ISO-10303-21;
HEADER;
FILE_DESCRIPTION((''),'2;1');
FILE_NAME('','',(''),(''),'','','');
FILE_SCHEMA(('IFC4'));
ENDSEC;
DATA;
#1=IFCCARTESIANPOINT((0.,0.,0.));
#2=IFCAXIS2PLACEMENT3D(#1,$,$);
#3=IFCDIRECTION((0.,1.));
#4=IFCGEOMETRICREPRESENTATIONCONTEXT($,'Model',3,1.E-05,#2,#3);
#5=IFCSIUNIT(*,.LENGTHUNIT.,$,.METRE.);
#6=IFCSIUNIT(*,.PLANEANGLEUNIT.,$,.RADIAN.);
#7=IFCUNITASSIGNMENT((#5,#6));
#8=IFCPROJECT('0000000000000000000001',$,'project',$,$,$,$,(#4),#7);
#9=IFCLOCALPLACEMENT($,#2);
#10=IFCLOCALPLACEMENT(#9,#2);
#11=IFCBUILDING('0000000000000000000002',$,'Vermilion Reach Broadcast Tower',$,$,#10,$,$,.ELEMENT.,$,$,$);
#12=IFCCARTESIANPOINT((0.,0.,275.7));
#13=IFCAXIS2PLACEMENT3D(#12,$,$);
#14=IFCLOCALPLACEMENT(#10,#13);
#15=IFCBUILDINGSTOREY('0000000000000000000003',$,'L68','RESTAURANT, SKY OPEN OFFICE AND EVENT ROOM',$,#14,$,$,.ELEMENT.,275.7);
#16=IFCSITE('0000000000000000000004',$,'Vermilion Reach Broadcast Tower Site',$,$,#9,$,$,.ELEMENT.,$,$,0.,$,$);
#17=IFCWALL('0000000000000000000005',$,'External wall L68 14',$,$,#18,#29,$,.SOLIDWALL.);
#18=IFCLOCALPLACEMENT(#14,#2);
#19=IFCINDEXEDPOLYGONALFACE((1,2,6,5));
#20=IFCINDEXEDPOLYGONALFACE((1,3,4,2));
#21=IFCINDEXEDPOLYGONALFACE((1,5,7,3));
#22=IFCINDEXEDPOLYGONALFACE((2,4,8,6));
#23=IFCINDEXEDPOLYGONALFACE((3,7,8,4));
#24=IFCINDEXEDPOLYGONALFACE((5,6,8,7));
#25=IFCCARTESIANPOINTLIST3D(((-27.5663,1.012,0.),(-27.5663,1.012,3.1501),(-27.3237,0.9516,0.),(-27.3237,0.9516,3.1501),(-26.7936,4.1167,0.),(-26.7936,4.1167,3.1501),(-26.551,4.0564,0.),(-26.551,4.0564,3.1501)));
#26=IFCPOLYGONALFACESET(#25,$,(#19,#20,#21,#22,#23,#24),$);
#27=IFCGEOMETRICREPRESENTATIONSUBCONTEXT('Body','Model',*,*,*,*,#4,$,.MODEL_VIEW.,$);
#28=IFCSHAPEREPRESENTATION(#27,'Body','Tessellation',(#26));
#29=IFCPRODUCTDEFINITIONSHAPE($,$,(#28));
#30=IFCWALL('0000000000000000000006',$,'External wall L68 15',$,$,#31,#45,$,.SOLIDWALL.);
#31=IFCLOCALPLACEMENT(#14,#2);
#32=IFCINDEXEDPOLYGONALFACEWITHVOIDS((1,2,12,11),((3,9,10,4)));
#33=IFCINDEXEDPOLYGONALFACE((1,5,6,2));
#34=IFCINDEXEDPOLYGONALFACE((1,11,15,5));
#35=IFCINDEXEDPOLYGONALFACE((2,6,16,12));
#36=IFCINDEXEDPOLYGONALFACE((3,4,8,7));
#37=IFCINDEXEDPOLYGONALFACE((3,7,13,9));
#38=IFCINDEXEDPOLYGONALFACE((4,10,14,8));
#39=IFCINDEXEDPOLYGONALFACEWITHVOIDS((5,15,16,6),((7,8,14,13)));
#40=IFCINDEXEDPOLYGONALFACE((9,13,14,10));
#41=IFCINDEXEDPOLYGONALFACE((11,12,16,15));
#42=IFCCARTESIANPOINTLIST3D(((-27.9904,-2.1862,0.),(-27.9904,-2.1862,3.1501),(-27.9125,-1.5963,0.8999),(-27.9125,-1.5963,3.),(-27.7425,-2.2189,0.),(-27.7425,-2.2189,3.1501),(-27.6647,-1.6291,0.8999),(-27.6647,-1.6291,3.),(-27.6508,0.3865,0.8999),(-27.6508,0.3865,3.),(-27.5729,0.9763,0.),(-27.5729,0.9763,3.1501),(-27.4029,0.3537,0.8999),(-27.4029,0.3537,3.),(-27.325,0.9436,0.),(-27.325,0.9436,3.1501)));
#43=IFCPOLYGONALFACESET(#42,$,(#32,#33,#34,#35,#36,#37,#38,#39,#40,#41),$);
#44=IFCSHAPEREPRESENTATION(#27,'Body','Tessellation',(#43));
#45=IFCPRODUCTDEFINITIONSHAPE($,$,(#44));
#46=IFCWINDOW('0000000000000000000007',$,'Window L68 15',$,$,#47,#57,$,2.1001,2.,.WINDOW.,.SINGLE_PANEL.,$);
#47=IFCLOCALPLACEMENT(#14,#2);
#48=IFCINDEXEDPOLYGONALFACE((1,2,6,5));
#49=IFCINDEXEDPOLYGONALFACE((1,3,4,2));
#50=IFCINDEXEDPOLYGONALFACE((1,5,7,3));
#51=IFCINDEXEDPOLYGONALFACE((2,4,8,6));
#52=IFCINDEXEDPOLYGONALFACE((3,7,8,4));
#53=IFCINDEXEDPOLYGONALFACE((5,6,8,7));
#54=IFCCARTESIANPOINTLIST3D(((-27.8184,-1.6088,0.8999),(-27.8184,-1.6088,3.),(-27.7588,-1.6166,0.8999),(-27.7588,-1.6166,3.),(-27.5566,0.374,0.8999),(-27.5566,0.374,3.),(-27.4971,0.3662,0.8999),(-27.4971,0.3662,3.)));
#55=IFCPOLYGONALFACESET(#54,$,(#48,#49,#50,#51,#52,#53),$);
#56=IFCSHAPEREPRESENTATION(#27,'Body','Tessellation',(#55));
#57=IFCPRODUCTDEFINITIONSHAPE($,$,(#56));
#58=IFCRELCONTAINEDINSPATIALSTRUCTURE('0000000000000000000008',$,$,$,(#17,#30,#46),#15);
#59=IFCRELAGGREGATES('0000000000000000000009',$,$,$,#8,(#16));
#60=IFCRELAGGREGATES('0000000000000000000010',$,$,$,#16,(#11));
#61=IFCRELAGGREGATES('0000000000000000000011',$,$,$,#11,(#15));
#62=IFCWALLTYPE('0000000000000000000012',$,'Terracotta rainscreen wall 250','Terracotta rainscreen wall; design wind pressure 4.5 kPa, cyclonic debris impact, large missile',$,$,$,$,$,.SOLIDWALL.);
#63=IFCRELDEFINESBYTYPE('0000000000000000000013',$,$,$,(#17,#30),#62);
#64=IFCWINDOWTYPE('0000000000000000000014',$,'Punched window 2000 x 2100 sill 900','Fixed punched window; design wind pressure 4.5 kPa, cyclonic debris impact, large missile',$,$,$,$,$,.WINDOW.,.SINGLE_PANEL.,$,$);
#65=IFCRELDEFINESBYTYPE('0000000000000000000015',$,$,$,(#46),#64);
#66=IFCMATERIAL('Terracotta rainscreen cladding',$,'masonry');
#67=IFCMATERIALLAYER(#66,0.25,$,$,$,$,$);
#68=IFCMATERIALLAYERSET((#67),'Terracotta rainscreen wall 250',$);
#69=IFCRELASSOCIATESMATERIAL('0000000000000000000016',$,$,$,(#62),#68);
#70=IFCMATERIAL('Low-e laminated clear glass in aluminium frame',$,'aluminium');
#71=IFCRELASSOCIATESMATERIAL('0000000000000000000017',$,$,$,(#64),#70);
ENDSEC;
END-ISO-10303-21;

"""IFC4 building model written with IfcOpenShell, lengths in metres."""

from ifc_helpers import new_model, si_unit, direction, frame, frame_2d, origin, place, context, subcontext, project, spatial, rectangle, extrude, material, layer, layer_set, type_object, element, fill, save


model = new_model("IFC4")

# Units and contexts
model_context = context("Model", 3, precision=1e-05, world=origin(), true_north=direction((0.0, 1.0)))
body_context = subcontext(model_context, "Body", "Model", "MODEL_VIEW")
ifc_project = project(units=[si_unit("LENGTHUNIT", "METRE"), si_unit("PLANEANGLEUNIT", "RADIAN")], contexts=[model_context])

# Site, building, storey
site_placement = place(None, origin())
site = spatial("IfcSite", under=ifc_project, at=site_placement, Name="Vermilion Reach Broadcast Tower Site", CompositionType="ELEMENT", RefElevation=0.0)
building_placement = place(site_placement, origin())
building = spatial("IfcBuilding", under=site, at=building_placement, Name="Vermilion Reach Broadcast Tower", CompositionType="ELEMENT")
storey_placement = place(building_placement, frame((0.0, 0.0, 275.7)))
storey = spatial("IfcBuildingStorey", under=building, at=storey_placement, Name="L68", Description="RESTAURANT, SKY OPEN OFFICE AND EVENT ROOM", CompositionType="ELEMENT", Elevation=275.7)

# Wall
ifc_material_1 = material(Name="Terracotta rainscreen cladding", Category="masonry")
ifc_layer_1 = layer(ifc_material_1, 0.25)
ifc_layer_set_1 = layer_set([ifc_layer_1], Name="Terracotta rainscreen wall 250")
wall_type_1 = type_object("IfcWallType", Name="Terracotta rainscreen wall 250", Description="Terracotta rainscreen wall; design wind pressure 4.5 kPa, cyclonic debris impact, large missile", PredefinedType="SOLIDWALL", material=ifc_layer_set_1)
wall_1_placement = place(storey_placement, frame((-26.6724, 4.0864, 0.0), z_axis=(0.0, 0.0, 1.0), x_axis=(-0.241512, -0.970398, 0.0)))
element("IfcWall", 1, at=wall_1_placement, inside=storey, type_object=wall_type_1, Name="External wall L68 14", PredefinedType="SOLIDWALL", context=body_context, shape_type="SweptSolid", body=[
    extrude(rectangle(XDim=3.1995, YDim=0.25, at=frame_2d((1.5996, 0.0))), origin(), (0.0, 0.0, 1.0), 3.1501),
])

# Wall, opening, window
wall_2_placement = place(storey_placement, frame((-27.449, 0.96, 0.0), z_axis=(0.0, 0.0, 1.0), x_axis=(-0.13087, -0.9914, 0.0)))
wall_2 = element("IfcWall", 2, at=wall_2_placement, inside=storey, type_object=wall_type_1, Name="External wall L68 15", PredefinedType="SOLIDWALL", context=body_context, shape_type="SweptSolid", body=[
    extrude(rectangle(XDim=3.1899, YDim=0.25, at=frame_2d((1.595, 0.0))), origin(), (0.0, 0.0, 1.0), 3.1501),
])
opening_1_placement = place(wall_2_placement, frame((0.595, 0.0, 0.8999)))
opening_1 = element("IfcOpeningElement", 3, at=opening_1_placement, cuts=wall_2, PredefinedType="OPENING", context=body_context, shape_type="SweptSolid", body=[
    extrude(rectangle(XDim=2.0, YDim=2.1001, at=frame_2d((1.0, 1.05))), frame((0.0, 0.135, 0.0), z_axis=(0.0, -1.0, 0.0), x_axis=(1.0, 0.0, 0.0)), (0.0, 0.0, 1.0), 0.27),
])
ifc_material_2 = material(Name="Low-e laminated clear glass in aluminium frame", Category="aluminium")
window_type = type_object("IfcWindowType", Name="Punched window 2000 x 2100 sill 900", Description="Fixed punched window; design wind pressure 4.5 kPa, cyclonic debris impact, large missile", PartitioningType="SINGLE_PANEL", PredefinedType="WINDOW", material=ifc_material_2)
window_placement = place(opening_1_placement, origin())
window = element("IfcWindow", 4, at=window_placement, inside=storey, type_object=window_type, Name="Window L68 15", OverallHeight=2.1001, OverallWidth=2.0, PartitioningType="SINGLE_PANEL", PredefinedType="WINDOW", context=body_context, shape_type="SweptSolid", body=[
    extrude(rectangle(XDim=2.0, YDim=2.1001, at=frame_2d((1.0, 1.05))), frame((0.0, 0.03, 0.0), z_axis=(0.0, -1.0, 0.0), x_axis=(1.0, 0.0, 0.0)), (0.0, 0.0, 1.0), 0.0601),
])
fill(opening_1, window)

save(model, "model.ifc")
